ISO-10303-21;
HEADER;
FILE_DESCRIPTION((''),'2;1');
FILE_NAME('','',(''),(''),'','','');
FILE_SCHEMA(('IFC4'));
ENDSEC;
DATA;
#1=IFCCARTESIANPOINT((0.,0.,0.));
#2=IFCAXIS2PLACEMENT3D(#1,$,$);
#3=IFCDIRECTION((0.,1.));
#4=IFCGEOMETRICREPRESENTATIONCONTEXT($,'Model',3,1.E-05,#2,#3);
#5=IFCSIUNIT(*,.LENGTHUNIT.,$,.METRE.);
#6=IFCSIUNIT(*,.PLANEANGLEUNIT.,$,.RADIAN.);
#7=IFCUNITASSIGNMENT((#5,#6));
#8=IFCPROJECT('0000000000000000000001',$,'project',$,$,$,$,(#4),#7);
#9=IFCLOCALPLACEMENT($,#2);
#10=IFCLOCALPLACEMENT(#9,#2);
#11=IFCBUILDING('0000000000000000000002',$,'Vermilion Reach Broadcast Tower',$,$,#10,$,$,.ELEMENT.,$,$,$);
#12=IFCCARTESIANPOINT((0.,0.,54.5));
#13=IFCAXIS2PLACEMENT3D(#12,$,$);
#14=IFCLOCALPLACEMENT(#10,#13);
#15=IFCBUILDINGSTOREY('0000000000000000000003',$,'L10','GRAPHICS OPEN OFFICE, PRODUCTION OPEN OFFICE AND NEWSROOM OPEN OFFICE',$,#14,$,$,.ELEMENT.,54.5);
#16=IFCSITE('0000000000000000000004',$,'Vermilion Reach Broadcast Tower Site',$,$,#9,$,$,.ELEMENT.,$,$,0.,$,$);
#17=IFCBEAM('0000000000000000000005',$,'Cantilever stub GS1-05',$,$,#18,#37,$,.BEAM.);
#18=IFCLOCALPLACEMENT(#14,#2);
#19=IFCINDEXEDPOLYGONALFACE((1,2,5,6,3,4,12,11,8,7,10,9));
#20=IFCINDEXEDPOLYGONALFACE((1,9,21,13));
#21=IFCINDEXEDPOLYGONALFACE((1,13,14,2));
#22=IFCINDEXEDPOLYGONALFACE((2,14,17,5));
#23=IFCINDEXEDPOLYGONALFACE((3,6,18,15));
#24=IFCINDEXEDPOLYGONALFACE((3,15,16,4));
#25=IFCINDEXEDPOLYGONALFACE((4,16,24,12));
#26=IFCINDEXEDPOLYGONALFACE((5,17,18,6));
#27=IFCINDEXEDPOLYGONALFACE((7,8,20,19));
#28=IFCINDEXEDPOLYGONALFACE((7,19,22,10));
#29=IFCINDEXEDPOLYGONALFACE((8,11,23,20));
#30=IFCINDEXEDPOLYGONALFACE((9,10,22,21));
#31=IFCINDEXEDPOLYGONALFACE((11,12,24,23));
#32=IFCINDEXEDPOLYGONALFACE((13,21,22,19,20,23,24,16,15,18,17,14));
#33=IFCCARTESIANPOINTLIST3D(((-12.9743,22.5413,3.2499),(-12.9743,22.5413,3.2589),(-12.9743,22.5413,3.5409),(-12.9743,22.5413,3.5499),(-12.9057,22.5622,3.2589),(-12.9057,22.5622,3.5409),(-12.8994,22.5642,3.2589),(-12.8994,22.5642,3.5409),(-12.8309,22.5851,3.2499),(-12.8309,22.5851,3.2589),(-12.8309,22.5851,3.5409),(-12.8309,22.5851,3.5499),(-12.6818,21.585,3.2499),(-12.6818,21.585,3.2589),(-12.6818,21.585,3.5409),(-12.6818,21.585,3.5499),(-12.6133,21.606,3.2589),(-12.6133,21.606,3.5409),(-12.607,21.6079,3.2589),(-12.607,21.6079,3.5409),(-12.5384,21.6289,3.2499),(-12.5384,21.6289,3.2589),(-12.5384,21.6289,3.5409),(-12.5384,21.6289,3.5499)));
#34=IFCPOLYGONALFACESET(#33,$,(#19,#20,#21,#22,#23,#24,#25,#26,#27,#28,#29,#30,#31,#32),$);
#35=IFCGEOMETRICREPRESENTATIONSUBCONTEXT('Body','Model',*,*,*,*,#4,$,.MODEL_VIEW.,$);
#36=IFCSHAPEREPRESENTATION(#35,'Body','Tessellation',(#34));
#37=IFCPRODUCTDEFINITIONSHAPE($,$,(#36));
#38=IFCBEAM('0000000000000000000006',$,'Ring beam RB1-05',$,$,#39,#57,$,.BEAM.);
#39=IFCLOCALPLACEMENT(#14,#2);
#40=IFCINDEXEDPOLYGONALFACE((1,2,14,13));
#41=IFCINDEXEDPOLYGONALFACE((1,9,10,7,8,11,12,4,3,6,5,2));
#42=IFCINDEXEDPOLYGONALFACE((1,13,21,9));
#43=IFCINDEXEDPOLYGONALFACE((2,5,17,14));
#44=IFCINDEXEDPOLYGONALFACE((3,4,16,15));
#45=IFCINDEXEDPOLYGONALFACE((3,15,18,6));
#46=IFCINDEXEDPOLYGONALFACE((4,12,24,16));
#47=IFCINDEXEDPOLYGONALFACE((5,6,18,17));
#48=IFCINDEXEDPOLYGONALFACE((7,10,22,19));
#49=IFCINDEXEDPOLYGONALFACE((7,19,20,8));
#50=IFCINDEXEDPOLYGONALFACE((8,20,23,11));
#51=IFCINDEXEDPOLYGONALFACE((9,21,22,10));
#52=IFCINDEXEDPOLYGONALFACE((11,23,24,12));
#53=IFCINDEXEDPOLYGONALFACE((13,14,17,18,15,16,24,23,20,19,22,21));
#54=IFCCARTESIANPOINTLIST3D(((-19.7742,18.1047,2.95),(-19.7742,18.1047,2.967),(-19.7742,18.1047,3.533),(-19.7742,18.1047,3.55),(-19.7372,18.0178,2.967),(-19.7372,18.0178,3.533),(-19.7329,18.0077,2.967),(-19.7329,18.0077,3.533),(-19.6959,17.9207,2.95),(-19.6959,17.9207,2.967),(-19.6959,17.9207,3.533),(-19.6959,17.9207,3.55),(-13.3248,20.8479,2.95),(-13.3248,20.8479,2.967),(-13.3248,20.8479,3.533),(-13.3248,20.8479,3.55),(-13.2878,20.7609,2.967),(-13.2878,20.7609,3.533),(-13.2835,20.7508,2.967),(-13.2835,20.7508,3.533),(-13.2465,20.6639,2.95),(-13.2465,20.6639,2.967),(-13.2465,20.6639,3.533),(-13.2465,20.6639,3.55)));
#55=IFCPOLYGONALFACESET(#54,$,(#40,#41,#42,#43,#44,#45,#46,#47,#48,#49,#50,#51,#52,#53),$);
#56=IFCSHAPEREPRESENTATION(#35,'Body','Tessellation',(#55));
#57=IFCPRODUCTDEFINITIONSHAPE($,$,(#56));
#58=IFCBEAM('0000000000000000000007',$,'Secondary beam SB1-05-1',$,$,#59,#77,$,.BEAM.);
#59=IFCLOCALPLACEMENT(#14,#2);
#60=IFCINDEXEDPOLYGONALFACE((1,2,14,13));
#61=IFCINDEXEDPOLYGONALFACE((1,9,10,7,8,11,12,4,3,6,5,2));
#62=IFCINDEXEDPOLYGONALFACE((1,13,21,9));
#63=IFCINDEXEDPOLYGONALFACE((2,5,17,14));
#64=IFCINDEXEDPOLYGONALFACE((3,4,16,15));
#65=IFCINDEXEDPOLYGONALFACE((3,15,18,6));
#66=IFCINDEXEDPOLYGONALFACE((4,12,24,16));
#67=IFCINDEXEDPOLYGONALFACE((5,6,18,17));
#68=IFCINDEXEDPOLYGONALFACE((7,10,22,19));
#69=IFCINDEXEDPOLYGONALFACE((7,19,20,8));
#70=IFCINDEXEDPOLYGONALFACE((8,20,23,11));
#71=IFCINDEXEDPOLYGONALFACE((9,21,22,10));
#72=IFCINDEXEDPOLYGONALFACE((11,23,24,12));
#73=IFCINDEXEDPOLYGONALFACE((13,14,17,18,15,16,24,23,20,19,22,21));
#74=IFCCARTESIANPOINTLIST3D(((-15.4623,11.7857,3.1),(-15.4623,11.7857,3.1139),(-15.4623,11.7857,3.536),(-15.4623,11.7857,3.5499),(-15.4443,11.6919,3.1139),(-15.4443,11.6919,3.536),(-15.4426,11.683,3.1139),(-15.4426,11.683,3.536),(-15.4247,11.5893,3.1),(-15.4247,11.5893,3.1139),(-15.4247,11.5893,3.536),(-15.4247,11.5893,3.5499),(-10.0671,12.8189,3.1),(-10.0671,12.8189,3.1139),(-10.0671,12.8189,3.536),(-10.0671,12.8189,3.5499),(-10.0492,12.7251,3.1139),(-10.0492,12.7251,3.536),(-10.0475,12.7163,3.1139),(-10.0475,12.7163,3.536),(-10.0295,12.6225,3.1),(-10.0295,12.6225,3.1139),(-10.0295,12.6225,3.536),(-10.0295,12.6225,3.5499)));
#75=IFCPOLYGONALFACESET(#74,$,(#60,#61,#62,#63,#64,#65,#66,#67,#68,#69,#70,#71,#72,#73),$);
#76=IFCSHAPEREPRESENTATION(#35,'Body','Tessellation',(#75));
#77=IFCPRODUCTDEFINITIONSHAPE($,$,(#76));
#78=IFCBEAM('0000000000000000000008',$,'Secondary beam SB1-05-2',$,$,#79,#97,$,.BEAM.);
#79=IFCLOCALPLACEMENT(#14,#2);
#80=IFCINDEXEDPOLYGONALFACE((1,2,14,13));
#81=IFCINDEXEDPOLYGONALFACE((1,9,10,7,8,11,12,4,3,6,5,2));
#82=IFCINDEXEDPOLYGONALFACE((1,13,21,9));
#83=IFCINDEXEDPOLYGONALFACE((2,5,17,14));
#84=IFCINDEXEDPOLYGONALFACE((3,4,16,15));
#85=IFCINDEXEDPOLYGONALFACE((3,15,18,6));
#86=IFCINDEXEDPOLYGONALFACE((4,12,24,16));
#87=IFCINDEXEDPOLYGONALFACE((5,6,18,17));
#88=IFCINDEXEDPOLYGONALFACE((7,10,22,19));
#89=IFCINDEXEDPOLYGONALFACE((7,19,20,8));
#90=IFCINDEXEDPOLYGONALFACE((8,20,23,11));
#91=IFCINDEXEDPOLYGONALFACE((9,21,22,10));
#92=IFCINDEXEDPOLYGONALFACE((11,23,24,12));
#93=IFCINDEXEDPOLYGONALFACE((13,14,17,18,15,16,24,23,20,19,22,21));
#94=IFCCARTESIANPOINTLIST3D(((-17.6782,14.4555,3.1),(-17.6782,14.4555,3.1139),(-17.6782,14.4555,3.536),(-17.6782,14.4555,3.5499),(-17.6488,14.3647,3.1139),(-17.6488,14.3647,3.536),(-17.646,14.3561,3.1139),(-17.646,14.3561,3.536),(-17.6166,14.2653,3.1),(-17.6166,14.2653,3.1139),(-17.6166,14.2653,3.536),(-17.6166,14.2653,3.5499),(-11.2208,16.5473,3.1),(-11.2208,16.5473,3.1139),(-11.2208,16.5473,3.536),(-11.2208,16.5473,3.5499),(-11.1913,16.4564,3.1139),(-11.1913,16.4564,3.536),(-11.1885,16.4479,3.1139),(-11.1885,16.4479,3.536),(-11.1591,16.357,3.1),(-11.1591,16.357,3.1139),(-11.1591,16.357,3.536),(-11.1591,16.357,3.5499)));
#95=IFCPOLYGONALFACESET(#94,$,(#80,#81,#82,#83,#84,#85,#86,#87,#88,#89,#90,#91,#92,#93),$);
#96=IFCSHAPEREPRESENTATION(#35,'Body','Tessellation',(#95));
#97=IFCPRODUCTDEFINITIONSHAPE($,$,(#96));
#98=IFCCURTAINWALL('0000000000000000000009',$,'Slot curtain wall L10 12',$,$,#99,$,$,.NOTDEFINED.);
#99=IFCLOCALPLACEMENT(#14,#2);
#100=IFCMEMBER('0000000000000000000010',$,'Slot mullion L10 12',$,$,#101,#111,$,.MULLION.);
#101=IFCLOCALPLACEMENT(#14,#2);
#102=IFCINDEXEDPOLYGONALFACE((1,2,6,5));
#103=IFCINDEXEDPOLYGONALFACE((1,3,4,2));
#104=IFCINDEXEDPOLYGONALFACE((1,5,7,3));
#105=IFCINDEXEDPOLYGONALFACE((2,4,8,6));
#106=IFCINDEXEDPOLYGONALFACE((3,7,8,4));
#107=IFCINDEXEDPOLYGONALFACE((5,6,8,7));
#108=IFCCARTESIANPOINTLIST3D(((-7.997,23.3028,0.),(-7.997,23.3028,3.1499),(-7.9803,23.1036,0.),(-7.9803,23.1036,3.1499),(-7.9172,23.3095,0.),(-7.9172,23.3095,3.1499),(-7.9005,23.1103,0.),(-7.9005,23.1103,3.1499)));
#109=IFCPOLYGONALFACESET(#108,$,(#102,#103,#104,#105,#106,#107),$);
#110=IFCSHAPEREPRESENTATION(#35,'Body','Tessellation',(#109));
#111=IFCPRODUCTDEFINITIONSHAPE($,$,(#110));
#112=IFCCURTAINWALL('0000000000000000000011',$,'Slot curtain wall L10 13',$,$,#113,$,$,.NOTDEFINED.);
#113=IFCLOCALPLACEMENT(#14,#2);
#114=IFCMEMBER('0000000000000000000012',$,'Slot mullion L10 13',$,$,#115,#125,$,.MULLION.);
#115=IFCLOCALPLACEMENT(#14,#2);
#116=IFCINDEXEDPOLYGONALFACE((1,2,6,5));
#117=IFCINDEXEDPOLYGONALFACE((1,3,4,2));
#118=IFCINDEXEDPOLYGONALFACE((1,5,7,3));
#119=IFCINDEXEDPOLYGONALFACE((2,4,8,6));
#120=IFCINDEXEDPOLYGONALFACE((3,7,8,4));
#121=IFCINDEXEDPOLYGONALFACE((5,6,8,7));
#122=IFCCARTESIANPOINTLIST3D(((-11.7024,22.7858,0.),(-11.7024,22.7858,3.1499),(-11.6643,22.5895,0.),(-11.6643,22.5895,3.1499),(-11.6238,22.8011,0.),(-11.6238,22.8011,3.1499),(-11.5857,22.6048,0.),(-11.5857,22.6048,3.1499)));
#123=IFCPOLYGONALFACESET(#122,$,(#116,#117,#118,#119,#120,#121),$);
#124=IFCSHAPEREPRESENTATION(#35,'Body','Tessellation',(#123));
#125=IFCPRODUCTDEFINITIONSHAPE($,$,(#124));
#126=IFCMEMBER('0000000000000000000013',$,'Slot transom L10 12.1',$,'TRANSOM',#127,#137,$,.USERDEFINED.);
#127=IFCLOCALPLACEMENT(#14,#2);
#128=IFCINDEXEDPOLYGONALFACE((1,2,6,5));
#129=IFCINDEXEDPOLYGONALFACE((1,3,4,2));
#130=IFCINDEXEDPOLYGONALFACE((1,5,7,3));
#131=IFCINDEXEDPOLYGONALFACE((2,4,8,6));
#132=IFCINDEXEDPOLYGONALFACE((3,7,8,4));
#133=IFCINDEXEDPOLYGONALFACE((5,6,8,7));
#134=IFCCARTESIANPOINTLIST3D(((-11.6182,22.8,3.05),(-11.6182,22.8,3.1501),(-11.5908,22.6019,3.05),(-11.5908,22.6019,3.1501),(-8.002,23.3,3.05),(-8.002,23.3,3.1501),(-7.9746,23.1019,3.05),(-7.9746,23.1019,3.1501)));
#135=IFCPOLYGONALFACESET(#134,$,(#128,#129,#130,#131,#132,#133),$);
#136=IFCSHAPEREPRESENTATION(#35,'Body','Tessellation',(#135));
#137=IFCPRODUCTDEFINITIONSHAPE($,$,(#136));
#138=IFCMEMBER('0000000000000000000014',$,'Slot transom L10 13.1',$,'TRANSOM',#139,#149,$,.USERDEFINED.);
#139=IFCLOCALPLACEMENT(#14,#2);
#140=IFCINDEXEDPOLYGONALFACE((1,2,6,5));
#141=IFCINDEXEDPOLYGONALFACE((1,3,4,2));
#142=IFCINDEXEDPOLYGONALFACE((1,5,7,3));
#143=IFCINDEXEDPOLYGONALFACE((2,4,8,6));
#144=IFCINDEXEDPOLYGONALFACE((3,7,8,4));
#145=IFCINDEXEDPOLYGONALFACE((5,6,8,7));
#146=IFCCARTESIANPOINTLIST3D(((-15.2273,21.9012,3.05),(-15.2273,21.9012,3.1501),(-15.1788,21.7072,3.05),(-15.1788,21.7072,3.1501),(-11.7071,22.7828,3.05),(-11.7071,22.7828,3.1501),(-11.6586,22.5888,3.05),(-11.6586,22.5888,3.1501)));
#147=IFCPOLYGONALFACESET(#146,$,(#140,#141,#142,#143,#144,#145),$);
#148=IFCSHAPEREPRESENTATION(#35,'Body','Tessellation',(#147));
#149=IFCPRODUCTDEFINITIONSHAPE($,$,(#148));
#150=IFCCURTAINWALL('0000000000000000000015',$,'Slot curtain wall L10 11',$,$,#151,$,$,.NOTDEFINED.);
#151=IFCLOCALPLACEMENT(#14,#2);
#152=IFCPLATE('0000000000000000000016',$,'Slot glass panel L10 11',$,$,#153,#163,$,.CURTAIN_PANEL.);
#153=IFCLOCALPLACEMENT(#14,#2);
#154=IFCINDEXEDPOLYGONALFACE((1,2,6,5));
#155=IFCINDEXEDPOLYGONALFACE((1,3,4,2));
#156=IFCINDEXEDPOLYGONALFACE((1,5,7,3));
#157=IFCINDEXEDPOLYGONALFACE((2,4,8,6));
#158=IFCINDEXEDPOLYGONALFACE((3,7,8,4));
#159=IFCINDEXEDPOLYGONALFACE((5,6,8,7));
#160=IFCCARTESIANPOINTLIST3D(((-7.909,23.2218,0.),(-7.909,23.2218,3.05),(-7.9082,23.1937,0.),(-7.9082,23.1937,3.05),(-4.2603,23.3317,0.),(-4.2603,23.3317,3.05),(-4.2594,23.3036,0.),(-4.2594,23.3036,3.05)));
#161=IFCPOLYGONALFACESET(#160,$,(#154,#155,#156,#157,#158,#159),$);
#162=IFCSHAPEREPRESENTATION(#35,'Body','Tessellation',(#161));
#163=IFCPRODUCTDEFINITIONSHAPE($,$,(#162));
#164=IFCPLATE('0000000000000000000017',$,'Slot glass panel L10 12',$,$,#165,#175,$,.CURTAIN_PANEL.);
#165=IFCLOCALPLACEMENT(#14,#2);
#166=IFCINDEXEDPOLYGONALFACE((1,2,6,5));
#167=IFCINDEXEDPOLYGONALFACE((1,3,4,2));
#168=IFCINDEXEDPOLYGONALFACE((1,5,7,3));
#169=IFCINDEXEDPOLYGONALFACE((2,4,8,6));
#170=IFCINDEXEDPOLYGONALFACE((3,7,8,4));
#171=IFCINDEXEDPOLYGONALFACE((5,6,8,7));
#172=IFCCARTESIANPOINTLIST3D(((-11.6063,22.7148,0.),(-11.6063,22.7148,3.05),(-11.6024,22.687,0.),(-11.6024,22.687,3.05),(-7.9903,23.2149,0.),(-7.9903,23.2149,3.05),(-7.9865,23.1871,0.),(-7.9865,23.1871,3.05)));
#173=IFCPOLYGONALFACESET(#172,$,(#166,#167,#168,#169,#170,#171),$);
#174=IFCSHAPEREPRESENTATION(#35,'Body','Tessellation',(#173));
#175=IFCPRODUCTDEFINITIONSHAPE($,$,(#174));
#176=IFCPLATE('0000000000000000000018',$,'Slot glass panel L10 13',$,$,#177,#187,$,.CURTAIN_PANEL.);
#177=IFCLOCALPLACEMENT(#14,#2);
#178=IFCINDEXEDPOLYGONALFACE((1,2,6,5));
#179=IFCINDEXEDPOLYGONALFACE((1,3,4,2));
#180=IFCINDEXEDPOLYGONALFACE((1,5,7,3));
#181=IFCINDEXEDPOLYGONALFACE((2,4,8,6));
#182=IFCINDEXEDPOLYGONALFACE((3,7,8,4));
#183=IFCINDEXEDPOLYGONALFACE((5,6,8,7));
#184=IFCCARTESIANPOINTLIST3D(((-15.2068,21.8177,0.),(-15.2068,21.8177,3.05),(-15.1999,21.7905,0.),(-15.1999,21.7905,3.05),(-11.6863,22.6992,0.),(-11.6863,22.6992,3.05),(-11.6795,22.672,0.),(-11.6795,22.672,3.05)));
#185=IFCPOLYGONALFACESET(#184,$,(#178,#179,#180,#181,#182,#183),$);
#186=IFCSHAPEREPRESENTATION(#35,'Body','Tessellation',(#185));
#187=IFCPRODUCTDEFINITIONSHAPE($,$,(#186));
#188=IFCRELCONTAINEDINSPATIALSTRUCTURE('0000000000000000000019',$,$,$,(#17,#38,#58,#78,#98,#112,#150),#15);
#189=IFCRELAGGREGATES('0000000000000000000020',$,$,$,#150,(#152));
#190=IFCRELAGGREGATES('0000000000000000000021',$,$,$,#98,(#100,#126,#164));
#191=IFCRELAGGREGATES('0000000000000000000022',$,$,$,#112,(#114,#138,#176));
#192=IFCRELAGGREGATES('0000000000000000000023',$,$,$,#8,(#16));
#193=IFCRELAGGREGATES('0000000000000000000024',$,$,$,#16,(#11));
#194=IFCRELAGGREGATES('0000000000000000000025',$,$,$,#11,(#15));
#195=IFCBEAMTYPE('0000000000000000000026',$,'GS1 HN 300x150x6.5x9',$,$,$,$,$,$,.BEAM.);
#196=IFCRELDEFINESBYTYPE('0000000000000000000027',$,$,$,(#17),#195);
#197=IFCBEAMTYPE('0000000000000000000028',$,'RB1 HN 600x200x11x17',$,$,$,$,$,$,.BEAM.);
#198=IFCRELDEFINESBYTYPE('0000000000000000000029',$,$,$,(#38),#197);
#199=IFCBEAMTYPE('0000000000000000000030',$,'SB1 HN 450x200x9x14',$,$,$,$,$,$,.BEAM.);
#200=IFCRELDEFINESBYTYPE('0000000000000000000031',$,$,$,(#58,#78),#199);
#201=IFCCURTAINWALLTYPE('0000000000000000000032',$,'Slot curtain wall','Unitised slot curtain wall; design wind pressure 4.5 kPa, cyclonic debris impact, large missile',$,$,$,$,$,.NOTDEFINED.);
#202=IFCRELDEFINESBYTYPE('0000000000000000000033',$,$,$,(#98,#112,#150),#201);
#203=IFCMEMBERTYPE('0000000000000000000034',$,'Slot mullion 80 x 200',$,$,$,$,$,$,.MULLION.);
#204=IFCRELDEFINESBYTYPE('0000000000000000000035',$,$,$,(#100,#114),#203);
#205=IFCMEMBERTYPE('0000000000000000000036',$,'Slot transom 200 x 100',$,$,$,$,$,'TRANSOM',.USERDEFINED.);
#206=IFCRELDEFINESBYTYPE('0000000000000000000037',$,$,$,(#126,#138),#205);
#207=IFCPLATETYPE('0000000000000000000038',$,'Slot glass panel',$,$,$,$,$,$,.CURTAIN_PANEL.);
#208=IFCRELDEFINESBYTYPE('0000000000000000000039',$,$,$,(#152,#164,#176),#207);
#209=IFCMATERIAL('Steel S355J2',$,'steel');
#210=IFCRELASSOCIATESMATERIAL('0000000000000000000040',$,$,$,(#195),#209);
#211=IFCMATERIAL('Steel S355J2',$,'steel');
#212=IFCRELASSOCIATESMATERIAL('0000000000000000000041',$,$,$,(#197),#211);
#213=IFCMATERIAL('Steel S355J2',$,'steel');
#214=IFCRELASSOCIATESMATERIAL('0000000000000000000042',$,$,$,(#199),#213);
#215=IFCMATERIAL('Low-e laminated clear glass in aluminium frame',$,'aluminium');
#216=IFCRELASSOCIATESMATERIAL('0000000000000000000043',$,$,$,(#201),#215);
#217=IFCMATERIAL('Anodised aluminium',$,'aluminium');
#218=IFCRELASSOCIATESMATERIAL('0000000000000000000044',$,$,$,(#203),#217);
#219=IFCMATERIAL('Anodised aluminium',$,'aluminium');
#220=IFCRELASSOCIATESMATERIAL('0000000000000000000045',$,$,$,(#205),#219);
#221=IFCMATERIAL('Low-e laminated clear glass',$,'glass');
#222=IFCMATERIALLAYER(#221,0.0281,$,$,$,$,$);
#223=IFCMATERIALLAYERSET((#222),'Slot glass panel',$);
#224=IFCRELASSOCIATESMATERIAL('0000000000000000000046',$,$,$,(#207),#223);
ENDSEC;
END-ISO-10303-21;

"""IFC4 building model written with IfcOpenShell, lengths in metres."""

from ifc_helpers import new_model, si_unit, direction, frame, origin, origin_2d, place, context, subcontext, project, spatial, rectangle, i_section, extrude, material, layer, layer_set, material_profile, profile_set, type_object, element, aggregate, save


model = new_model("IFC4")

# Units and contexts
model_context = context("Model", 3, precision=1e-05, world=origin(), true_north=direction((0.0, 1.0)))
body_context = subcontext(model_context, "Body", "Model", "MODEL_VIEW")
ifc_project = project(units=[si_unit("LENGTHUNIT", "METRE"), si_unit("PLANEANGLEUNIT", "RADIAN")], contexts=[model_context])

# Site, building, storey
site_placement = place(None, origin())
site = spatial("IfcSite", under=ifc_project, at=site_placement, Name="Vermilion Reach Broadcast Tower Site", CompositionType="ELEMENT", RefElevation=0.0)
building_placement = place(site_placement, origin())
building = spatial("IfcBuilding", under=site, at=building_placement, Name="Vermilion Reach Broadcast Tower", CompositionType="ELEMENT")
storey_placement = place(building_placement, frame((0.0, 0.0, 54.5)))
storey = spatial("IfcBuildingStorey", under=building, at=storey_placement, Name="L10", Description="GRAPHICS OPEN OFFICE, PRODUCTION OPEN OFFICE AND NEWSROOM OPEN OFFICE", CompositionType="ELEMENT", Elevation=54.5)

# Beams
ifc_material_1 = material(Name="Steel S355J2", Category="steel")
ifc_material_profile_1 = material_profile(ifc_material_1, i_section(OverallWidth=0.1499, OverallDepth=0.3, WebThickness=0.0066, FlangeThickness=0.009, at=origin_2d()), Name="S355J2 HN 300x150x6.5x9")
ifc_profile_set_1 = profile_set([ifc_material_profile_1], Name="Steel S355J2")
beam_type_1 = type_object("IfcBeamType", Name="GS1 HN 300x150x6.5x9", PredefinedType="BEAM", material=ifc_profile_set_1)
beam_1_placement = place(storey_placement, frame((-12.6101, 21.6069, 3.3999), z_axis=(-0.292473, 0.956274, 0.0), x_axis=(-0.956274, -0.292473, 0.0)))
element("IfcBeam", 1, at=beam_1_placement, inside=storey, type_object=beam_type_1, Name="Cantilever stub GS1-05", PredefinedType="BEAM", context=body_context, shape_type="SweptSolid", body=[
    extrude(i_section(OverallWidth=0.1499, OverallDepth=0.3, WebThickness=0.0066, FlangeThickness=0.009, at=origin_2d()), origin(), (0.0, 0.0, 1.0), 1.0),
])
ifc_material_2 = material(Name="Steel S355J2", Category="steel")
ifc_material_profile_2 = material_profile(ifc_material_2, i_section(OverallWidth=0.2, OverallDepth=0.6001, WebThickness=0.011, FlangeThickness=0.0171, at=origin_2d()), Name="S355J2 HN 600x200x11x17")
ifc_profile_set_2 = profile_set([ifc_material_profile_2], Name="Steel S355J2")
beam_type_2 = type_object("IfcBeamType", Name="RB1 HN 600x200x11x17", PredefinedType="BEAM", material=ifc_profile_set_2)
beam_2_placement = place(storey_placement, frame((-13.2856, 20.7559, 3.25), z_axis=(-0.920221, -0.3914, 0.0), x_axis=(0.3914, -0.920221, 0.0)))
element("IfcBeam", 2, at=beam_2_placement, inside=storey, type_object=beam_type_2, Name="Ring beam RB1-05", PredefinedType="BEAM", context=body_context, shape_type="SweptSolid", body=[
    extrude(i_section(OverallWidth=0.2, OverallDepth=0.6001, WebThickness=0.011, FlangeThickness=0.0171, at=origin_2d()), origin(), (0.0, 0.0, 1.0), 7.0085),
])
ifc_material_3 = material(Name="Steel S355J2", Category="steel")
ifc_material_profile_3 = material_profile(ifc_material_3, i_section(OverallWidth=0.2, OverallDepth=0.45, WebThickness=0.009, FlangeThickness=0.0139, at=origin_2d()), Name="S355J2 HN 450x200x9x14")
ifc_profile_set_3 = profile_set([ifc_material_profile_3], Name="Steel S355J2")
beam_type_3 = type_object("IfcBeamType", Name="SB1 HN 450x200x9x14", PredefinedType="BEAM", material=ifc_profile_set_3)
beam_3_placement = place(storey_placement, frame((-10.0483, 12.7207, 3.325), z_axis=(-0.982151, -0.188092, 0.0), x_axis=(0.188092, -0.982151, 0.0)))
element("IfcBeam", 3, at=beam_3_placement, inside=storey, type_object=beam_type_3, Name="Secondary beam SB1-05-1", PredefinedType="BEAM", context=body_context, shape_type="SweptSolid", body=[
    extrude(i_section(OverallWidth=0.2, OverallDepth=0.45, WebThickness=0.009, FlangeThickness=0.0139, at=origin_2d()), origin(), (0.0, 0.0, 1.0), 5.4932),
])
beam_4_placement = place(storey_placement, frame((-11.1899, 16.4521, 3.325), z_axis=(-0.951332, -0.308167, 0.0), x_axis=(0.308167, -0.951332, 0.0)))
element("IfcBeam", 4, at=beam_4_placement, inside=storey, type_object=beam_type_3, Name="Secondary beam SB1-05-2", PredefinedType="BEAM", context=body_context, shape_type="SweptSolid", body=[
    extrude(i_section(OverallWidth=0.2, OverallDepth=0.45, WebThickness=0.009, FlangeThickness=0.0139, at=origin_2d()), origin(), (0.0, 0.0, 1.0), 6.7878),
])

# Curtain walls, members
ifc_material_4 = material(Name="Low-e laminated clear glass in aluminium frame", Category="aluminium")
curtain_wall_type = type_object("IfcCurtainWallType", Name="Slot curtain wall", Description="Unitised slot curtain wall; design wind pressure 4.5 kPa, cyclonic debris impact, large missile", PredefinedType="NOTDEFINED", material=ifc_material_4)
placement = place(storey_placement, origin())
curtain_wall_1 = element("IfcCurtainWall", 5, at=placement, inside=storey, type_object=curtain_wall_type, Name="Slot curtain wall L10 12", PredefinedType="NOTDEFINED")
ifc_material_5 = material(Name="Anodised aluminium", Category="aluminium")
ifc_material_profile_4 = material_profile(ifc_material_5, rectangle(XDim=0.2, YDim=0.0801, at=origin_2d()), Name="Slot mullion 80 x 200")
ifc_profile_set_4 = profile_set([ifc_material_profile_4], Name="Anodised aluminium")
member_type_1 = type_object("IfcMemberType", Name="Slot mullion 80 x 200", PredefinedType="MULLION", material=ifc_profile_set_4)
member_1_placement = place(storey_placement, frame((-7.9487, 23.2065, 0.0), z_axis=(0.0, 0.0, 1.0), x_axis=(0.083678, -0.996493, 0.0)))
member_1 = element("IfcMember", 6, at=member_1_placement, type_object=member_type_1, Name="Slot mullion L10 12", PredefinedType="MULLION", context=body_context, shape_type="SweptSolid", body=[
    extrude(rectangle(XDim=0.2, YDim=0.0801, at=origin_2d()), origin(), (0.0, 0.0, 1.0), 3.1499),
])
curtain_wall_2 = element("IfcCurtainWall", 7, at=placement, inside=storey, type_object=curtain_wall_type, Name="Slot curtain wall L10 13", PredefinedType="NOTDEFINED")
member_2_placement = place(storey_placement, frame((-11.644, 22.6953, 0.0), z_axis=(0.0, 0.0, 1.0), x_axis=(0.190225, -0.98174, 0.0)))
member_2 = element("IfcMember", 8, at=member_2_placement, type_object=member_type_1, Name="Slot mullion L10 13", PredefinedType="MULLION", context=body_context, shape_type="SweptSolid", body=[
    extrude(rectangle(XDim=0.2, YDim=0.0801, at=origin_2d()), origin(), (0.0, 0.0, 1.0), 3.1499),
])

# Members
ifc_material_6 = material(Name="Anodised aluminium", Category="aluminium")
ifc_material_profile_5 = material_profile(ifc_material_6, rectangle(XDim=0.2, YDim=0.1001, at=origin_2d()), Name="Slot transom 200 x 100")
ifc_profile_set_5 = profile_set([ifc_material_profile_5], Name="Anodised aluminium")
member_type_2 = type_object("IfcMemberType", Name="Slot transom 200 x 100", ElementType="TRANSOM", PredefinedType="USERDEFINED", material=ifc_profile_set_5)
member_3_placement = place(storey_placement, frame((-7.9883, 23.2009, 3.1001), z_axis=(-0.990576, -0.136963, 0.0), x_axis=(0.136963, -0.990576, 0.0)))
member_3 = element("IfcMember", 9, at=member_3_placement, type_object=member_type_2, Name="Slot transom L10 12.1", ObjectType="TRANSOM", PredefinedType="USERDEFINED", context=body_context, shape_type="SweptSolid", body=[
    extrude(rectangle(XDim=0.2, YDim=0.1001, at=origin_2d()), origin(), (0.0, 0.0, 1.0), 3.6506),
])
member_4_placement = place(storey_placement, frame((-11.6829, 22.6858, 3.1001), z_axis=(-0.970043, -0.242931, 0.0), x_axis=(0.242931, -0.970043, 0.0)))
member_4 = element("IfcMember", 10, at=member_4_placement, type_object=member_type_2, Name="Slot transom L10 13.1", ObjectType="TRANSOM", PredefinedType="USERDEFINED", context=body_context, shape_type="SweptSolid", body=[
    extrude(rectangle(XDim=0.2, YDim=0.1001, at=origin_2d()), origin(), (0.0, 0.0, 1.0), 3.6289),
])

# Curtain wall, plate
curtain_wall_3 = element("IfcCurtainWall", 11, at=placement, inside=storey, type_object=curtain_wall_type, Name="Slot curtain wall L10 11", PredefinedType="NOTDEFINED")
ifc_material_7 = material(Name="Low-e laminated clear glass", Category="glass")
ifc_layer_1 = layer(ifc_material_7, 0.0281)
ifc_layer_set_1 = layer_set([ifc_layer_1], Name="Slot glass panel")
plate_type = type_object("IfcPlateType", Name="Slot glass panel", PredefinedType="CURTAIN_PANEL", material=ifc_layer_set_1)
plate_1_placement = place(storey_placement, frame((-6.0842, 23.2627, 0.0), z_axis=(0.0, 0.0, 1.0), x_axis=(-0.999546, -0.030114, 0.0)))
plate_1 = element("IfcPlate", 12, at=plate_1_placement, type_object=plate_type, Name="Slot glass panel L10 11", PredefinedType="CURTAIN_PANEL", context=body_context, shape_type="SweptSolid", body=[
    extrude(rectangle(XDim=3.6504, YDim=0.0281, at=origin_2d()), origin(), (0.0, 0.0, 1.0), 3.05),
])
aggregate(curtain_wall_3, [plate_1])

# Plates
plate_2_placement = place(storey_placement, frame((-9.7964, 22.9509, 0.0), z_axis=(0.0, 0.0, 1.0), x_axis=(-0.990571, -0.137001, 0.0)))
plate_2 = element("IfcPlate", 13, at=plate_2_placement, type_object=plate_type, Name="Slot glass panel L10 12", PredefinedType="CURTAIN_PANEL", context=body_context, shape_type="SweptSolid", body=[
    extrude(rectangle(XDim=3.6504, YDim=0.0281, at=origin_2d()), origin(), (0.0, 0.0, 1.0), 3.05),
])
aggregate(curtain_wall_1, [member_1, member_3, plate_2])
plate_3_placement = place(storey_placement, frame((-13.4431, 22.2449, 0.0), z_axis=(0.0, 0.0, 1.0), x_axis=(-0.970052, -0.242896, 0.0)))
plate_3 = element("IfcPlate", 14, at=plate_3_placement, type_object=plate_type, Name="Slot glass panel L10 13", PredefinedType="CURTAIN_PANEL", context=body_context, shape_type="SweptSolid", body=[
    extrude(rectangle(XDim=3.6292, YDim=0.0281, at=origin_2d()), origin(), (0.0, 0.0, 1.0), 3.05),
])
aggregate(curtain_wall_2, [member_2, member_4, plate_3])

save(model, "model.ifc")
